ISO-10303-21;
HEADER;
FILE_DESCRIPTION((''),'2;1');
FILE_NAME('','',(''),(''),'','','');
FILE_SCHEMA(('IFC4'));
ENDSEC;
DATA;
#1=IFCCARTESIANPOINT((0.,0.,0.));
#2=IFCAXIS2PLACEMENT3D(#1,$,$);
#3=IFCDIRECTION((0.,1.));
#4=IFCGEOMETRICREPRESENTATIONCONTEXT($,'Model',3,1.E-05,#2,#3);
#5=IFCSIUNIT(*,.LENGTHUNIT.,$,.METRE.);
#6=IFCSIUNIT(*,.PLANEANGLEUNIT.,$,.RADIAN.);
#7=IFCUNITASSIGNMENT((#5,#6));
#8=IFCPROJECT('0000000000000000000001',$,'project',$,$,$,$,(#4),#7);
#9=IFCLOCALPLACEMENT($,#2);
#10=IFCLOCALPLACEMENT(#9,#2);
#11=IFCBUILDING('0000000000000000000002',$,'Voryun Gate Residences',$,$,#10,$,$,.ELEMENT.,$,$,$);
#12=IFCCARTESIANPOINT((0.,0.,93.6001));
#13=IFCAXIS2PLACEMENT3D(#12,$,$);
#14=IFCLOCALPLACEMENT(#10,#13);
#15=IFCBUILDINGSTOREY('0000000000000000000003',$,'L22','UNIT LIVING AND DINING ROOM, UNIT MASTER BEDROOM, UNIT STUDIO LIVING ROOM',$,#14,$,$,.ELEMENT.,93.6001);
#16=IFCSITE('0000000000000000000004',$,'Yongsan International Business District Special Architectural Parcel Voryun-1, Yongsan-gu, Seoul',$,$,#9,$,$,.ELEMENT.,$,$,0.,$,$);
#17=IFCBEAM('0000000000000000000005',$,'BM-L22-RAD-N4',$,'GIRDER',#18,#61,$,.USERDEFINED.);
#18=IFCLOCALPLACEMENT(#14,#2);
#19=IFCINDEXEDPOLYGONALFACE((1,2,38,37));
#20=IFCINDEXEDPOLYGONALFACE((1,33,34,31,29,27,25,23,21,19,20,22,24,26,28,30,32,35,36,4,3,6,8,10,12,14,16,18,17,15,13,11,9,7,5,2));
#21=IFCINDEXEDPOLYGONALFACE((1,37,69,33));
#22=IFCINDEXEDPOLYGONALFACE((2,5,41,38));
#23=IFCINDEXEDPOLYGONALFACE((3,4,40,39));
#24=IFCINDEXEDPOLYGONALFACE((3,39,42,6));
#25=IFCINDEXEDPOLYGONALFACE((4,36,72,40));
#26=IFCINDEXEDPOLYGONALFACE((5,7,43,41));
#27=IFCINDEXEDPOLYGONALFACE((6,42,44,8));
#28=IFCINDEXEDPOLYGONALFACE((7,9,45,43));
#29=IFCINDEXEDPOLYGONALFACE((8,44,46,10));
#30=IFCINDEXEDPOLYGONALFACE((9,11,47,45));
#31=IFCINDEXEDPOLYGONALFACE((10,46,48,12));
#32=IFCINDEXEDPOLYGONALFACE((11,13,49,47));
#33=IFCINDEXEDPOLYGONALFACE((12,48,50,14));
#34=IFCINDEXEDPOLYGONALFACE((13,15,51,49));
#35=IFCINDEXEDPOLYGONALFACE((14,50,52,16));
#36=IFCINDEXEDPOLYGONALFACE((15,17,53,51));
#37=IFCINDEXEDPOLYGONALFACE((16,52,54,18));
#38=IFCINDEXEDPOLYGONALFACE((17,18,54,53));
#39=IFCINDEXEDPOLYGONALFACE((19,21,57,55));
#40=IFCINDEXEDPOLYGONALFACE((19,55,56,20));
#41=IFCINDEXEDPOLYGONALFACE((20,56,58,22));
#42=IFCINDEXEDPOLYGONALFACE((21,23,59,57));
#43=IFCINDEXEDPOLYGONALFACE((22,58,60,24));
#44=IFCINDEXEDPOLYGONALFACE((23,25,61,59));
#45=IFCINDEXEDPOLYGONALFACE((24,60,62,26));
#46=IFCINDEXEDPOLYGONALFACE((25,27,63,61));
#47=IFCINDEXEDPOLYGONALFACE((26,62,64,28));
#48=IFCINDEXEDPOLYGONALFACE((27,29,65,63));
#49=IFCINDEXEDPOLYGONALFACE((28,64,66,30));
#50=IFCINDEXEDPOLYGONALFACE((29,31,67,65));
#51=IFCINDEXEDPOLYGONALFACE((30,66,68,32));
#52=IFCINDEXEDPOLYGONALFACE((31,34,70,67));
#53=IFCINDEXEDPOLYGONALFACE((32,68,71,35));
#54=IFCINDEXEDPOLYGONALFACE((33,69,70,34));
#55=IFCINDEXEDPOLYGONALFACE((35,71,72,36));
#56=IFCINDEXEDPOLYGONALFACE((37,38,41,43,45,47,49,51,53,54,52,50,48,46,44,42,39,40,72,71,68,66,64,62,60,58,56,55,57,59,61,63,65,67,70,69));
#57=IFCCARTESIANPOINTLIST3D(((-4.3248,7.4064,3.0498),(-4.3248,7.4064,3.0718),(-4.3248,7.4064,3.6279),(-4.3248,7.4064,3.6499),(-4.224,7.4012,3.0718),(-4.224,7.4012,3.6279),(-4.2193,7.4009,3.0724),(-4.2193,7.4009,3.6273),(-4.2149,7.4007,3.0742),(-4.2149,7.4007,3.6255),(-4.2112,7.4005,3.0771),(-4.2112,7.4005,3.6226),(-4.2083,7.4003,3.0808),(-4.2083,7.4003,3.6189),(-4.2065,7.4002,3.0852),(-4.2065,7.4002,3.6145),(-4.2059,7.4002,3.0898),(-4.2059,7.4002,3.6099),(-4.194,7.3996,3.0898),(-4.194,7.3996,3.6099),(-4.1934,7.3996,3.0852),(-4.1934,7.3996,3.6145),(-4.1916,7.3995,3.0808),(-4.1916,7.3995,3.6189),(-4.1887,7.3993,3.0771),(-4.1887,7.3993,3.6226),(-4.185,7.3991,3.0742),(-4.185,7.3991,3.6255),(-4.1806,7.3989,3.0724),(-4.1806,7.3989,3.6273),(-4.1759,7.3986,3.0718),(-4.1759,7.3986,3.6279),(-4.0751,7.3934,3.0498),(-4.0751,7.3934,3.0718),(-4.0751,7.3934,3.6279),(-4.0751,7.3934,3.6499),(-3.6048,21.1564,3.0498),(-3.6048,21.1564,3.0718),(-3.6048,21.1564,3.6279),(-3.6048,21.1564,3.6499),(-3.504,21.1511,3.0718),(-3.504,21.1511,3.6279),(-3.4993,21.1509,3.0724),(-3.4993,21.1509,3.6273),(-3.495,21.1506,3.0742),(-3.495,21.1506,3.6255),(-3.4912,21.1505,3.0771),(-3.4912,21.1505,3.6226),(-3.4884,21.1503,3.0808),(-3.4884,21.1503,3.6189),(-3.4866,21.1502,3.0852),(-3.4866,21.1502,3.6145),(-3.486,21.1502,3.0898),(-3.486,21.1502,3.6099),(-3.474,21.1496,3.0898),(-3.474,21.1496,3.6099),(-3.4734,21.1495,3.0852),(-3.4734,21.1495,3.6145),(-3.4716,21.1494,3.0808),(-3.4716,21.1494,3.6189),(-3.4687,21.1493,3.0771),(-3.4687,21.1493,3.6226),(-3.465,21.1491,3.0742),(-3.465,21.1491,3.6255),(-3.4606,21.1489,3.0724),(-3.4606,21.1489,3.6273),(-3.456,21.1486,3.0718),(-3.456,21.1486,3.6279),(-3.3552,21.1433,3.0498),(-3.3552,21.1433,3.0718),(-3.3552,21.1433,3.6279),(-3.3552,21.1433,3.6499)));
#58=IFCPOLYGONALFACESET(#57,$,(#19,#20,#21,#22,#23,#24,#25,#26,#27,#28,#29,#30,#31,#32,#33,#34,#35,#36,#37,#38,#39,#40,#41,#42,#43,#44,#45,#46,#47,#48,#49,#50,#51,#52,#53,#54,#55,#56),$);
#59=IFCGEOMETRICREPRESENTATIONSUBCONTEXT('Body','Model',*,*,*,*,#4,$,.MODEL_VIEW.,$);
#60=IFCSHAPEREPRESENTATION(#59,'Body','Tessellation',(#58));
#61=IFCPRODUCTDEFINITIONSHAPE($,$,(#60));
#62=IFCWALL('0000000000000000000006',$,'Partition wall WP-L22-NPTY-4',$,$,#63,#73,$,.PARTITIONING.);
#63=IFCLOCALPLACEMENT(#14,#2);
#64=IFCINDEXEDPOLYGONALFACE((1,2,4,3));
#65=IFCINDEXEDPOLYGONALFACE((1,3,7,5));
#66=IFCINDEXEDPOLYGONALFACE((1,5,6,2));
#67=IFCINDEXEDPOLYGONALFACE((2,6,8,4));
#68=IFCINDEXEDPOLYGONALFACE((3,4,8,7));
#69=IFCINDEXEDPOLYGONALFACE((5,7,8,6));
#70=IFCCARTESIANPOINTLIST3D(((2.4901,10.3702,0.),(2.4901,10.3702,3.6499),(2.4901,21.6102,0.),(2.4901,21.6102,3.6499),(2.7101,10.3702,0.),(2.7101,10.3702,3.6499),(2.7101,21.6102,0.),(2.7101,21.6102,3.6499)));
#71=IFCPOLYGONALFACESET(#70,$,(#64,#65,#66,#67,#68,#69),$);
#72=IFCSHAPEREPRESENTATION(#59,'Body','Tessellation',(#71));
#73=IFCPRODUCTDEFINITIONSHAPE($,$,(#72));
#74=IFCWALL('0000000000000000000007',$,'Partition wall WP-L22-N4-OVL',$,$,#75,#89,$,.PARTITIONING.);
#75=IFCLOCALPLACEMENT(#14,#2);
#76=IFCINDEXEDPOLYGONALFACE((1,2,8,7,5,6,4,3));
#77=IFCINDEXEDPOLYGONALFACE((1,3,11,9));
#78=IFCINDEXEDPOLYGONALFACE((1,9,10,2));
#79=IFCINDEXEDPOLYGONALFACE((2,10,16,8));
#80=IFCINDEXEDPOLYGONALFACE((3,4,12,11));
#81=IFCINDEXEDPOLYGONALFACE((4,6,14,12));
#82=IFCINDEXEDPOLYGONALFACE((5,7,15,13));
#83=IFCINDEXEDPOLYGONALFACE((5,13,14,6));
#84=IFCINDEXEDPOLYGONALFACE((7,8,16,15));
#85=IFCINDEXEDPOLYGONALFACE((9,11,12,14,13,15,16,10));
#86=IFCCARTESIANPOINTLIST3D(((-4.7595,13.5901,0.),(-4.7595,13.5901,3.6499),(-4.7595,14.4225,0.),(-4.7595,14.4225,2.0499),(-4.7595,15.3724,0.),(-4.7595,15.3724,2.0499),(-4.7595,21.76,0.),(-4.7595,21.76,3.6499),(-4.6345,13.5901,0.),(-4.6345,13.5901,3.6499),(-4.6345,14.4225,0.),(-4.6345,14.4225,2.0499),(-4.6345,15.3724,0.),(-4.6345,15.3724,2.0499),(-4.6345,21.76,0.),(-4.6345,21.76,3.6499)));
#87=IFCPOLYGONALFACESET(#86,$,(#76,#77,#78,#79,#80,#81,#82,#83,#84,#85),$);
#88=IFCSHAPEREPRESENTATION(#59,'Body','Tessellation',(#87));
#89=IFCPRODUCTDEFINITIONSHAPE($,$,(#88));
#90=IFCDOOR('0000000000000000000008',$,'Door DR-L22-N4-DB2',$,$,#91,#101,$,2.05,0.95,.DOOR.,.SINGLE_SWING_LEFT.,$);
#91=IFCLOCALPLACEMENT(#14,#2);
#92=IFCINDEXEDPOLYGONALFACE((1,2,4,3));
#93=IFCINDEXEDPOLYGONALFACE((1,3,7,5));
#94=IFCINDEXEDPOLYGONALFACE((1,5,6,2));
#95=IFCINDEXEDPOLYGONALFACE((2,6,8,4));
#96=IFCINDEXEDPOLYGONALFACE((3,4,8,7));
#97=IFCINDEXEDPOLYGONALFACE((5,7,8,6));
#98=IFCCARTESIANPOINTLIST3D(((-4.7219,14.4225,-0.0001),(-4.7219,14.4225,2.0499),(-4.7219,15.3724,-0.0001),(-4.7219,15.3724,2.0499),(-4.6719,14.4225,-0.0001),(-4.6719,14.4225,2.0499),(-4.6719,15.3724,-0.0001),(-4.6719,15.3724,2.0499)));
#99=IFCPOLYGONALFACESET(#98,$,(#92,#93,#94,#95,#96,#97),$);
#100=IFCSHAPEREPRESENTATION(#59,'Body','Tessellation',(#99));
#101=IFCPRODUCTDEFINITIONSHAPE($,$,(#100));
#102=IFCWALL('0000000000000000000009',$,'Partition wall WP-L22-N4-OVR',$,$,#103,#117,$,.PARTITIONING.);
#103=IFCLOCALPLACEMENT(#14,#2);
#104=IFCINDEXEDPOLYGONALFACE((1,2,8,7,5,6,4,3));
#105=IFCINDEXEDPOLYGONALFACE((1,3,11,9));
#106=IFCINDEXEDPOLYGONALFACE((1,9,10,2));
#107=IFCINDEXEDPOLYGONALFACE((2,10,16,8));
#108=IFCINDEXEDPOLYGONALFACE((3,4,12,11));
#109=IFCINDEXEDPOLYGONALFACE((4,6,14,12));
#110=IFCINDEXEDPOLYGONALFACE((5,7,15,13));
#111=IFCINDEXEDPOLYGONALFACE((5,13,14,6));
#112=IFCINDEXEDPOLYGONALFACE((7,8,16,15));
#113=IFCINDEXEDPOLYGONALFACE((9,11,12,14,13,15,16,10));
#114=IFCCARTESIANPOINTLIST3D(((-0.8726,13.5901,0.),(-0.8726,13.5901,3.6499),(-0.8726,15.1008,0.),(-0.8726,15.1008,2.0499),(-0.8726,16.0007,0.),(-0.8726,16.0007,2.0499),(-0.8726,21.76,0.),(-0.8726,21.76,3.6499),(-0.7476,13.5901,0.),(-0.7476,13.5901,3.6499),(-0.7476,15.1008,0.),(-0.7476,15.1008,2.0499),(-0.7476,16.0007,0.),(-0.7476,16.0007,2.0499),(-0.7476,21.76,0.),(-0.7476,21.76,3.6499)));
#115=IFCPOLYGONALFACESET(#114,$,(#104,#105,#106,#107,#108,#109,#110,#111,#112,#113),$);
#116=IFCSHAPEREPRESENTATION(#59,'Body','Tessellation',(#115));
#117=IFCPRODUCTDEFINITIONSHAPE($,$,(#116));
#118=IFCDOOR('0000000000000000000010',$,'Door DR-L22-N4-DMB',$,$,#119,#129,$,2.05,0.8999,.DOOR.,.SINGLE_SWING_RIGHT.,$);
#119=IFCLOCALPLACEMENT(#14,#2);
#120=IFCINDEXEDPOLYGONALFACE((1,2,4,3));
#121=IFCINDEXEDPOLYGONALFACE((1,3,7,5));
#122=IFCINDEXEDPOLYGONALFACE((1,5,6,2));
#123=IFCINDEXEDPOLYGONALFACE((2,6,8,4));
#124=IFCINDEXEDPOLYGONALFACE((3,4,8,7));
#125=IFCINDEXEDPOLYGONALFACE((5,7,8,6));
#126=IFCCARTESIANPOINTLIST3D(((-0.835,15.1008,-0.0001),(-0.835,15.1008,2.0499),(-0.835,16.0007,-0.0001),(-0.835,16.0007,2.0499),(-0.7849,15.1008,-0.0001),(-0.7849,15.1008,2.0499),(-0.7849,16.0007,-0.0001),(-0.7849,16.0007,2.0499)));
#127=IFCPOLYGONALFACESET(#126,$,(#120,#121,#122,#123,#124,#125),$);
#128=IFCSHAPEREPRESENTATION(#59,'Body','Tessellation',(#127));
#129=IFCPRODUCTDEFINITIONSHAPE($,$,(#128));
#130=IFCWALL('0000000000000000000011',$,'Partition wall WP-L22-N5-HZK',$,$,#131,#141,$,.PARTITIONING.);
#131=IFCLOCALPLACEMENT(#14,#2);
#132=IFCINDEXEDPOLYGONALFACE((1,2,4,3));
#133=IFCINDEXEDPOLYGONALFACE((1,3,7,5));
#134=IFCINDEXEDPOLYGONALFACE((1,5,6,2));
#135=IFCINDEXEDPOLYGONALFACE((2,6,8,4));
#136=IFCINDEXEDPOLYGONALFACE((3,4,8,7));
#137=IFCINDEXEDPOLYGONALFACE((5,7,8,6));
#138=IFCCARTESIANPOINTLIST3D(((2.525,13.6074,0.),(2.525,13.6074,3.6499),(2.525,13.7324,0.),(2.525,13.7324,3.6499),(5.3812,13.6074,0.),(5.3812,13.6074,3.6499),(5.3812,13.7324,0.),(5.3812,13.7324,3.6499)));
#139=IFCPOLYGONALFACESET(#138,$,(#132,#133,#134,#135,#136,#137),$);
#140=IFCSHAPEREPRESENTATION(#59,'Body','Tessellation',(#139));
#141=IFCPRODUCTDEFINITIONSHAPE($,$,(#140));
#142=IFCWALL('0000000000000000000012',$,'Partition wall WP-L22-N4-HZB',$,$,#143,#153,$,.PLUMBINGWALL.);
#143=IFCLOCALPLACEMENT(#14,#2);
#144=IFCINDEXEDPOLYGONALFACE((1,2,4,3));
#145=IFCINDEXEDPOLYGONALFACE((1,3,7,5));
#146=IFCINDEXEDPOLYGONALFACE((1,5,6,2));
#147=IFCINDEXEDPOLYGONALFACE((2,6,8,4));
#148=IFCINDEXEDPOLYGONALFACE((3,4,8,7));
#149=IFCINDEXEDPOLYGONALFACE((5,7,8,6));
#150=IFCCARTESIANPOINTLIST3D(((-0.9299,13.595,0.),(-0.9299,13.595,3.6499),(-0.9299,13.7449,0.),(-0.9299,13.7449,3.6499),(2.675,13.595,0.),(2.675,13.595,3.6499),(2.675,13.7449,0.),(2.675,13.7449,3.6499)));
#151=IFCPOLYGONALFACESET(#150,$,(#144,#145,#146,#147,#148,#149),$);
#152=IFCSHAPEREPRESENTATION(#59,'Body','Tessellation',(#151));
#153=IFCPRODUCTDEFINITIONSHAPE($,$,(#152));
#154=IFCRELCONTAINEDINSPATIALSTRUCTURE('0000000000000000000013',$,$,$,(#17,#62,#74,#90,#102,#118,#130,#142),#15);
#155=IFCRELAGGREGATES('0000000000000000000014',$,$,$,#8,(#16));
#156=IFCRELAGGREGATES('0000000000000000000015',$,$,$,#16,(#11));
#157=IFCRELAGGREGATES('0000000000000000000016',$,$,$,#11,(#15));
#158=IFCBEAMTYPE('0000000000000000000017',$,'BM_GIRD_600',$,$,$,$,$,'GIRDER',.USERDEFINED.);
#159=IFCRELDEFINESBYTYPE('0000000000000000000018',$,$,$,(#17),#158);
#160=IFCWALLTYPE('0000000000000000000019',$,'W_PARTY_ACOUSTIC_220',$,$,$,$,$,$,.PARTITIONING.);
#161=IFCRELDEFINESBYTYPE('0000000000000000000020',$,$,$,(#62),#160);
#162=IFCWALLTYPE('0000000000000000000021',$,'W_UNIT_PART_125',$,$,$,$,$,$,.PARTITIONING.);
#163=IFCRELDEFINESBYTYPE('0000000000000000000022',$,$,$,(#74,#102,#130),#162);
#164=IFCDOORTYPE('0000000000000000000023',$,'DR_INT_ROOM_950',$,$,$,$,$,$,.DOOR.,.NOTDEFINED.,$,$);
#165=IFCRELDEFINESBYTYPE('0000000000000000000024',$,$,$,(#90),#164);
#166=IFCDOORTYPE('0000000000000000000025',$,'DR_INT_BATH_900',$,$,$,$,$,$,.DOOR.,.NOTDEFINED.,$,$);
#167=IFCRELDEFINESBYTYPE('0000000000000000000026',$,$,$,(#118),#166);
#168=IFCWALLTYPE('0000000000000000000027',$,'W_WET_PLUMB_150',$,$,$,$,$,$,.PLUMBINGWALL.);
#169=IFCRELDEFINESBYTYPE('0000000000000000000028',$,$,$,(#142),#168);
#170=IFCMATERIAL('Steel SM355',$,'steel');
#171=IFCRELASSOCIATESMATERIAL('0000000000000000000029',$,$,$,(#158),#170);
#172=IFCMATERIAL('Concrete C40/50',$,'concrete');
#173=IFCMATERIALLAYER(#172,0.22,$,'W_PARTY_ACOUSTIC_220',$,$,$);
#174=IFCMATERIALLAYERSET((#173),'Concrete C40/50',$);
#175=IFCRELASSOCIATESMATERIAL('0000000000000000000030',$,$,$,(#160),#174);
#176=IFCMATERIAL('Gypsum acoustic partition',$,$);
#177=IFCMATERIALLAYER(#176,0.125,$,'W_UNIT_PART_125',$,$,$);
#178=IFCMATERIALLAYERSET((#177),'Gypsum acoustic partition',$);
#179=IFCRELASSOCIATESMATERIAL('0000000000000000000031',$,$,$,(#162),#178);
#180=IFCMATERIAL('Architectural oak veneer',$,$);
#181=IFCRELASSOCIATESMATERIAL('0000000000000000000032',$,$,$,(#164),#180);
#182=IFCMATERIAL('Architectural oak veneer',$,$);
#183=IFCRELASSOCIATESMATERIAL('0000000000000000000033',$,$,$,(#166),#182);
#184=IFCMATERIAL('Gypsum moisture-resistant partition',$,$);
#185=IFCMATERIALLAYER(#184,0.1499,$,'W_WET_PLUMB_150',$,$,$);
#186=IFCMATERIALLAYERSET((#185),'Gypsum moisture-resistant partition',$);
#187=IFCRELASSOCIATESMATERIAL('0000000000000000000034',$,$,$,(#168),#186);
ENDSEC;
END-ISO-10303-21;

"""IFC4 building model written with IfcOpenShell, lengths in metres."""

from ifc_helpers import new_model, si_unit, direction, frame, frame_2d, origin, origin_2d, place, context, subcontext, project, spatial, rectangle, i_section, extrude, material, layer, layer_set, material_profile, profile_set, type_object, element, fill, save


model = new_model("IFC4")

# Units and contexts
model_context = context("Model", 3, precision=1e-05, world=origin(), true_north=direction((0.0, 1.0)))
body_context = subcontext(model_context, "Body", "Model", "MODEL_VIEW")
ifc_project = project(units=[si_unit("LENGTHUNIT", "METRE"), si_unit("PLANEANGLEUNIT", "RADIAN")], contexts=[model_context])

# Site, building, storey
site_placement = place(None, origin())
site = spatial("IfcSite", under=ifc_project, at=site_placement, Name="Yongsan International Business District Special Architectural Parcel Voryun-1, Yongsan-gu, Seoul", CompositionType="ELEMENT", RefElevation=0.0)
building_placement = place(site_placement, origin())
building = spatial("IfcBuilding", under=site, at=building_placement, Name="Voryun Gate Residences", CompositionType="ELEMENT")
storey_placement = place(building_placement, frame((0.0, 0.0, 93.6001)))
storey = spatial("IfcBuildingStorey", under=building, at=storey_placement, Name="L22", Description="UNIT LIVING AND DINING ROOM, UNIT MASTER BEDROOM, UNIT STUDIO LIVING ROOM", CompositionType="ELEMENT", Elevation=93.6001)

# Beam
ifc_material_1 = material(Name="Steel SM355", Category="steel")
ifc_material_profile_1 = material_profile(ifc_material_1, i_section(OverallWidth=0.25, OverallDepth=0.6001, WebThickness=0.012, FlangeThickness=0.022, FilletRadius=0.0181, at=origin_2d()), Name="H-600x250x12x22")
ifc_profile_set_1 = profile_set([ifc_material_profile_1], Name="Steel SM355")
beam_type_1 = type_object("IfcBeamType", Name="BM_GIRD_600", ElementType="GIRDER", PredefinedType="USERDEFINED", material=ifc_profile_set_1)
beam_1_placement = place(storey_placement, frame((-4.2, 7.3999, 3.3499), z_axis=(0.05229, 0.998632, 0.0), x_axis=(-0.998632, 0.05229, 0.0)))
element("IfcBeam", 1, at=beam_1_placement, inside=storey, type_object=beam_type_1, Name="BM-L22-RAD-N4", ObjectType="GIRDER", PredefinedType="USERDEFINED", context=body_context, shape_type="SweptSolid", body=[
    extrude(i_section(OverallWidth=0.25, OverallDepth=0.6001, WebThickness=0.012, FlangeThickness=0.022, FilletRadius=0.0181, at=origin_2d()), origin(), (0.0, 0.0, 1.0), 13.7688),
])

# Wall
ifc_material_2 = material(Name="Concrete C40/50", Category="concrete")
ifc_layer_1 = layer(ifc_material_2, 0.22, Name="W_PARTY_ACOUSTIC_220")
ifc_layer_set_1 = layer_set([ifc_layer_1], Name="Concrete C40/50")
wall_type_1 = type_object("IfcWallType", Name="W_PARTY_ACOUSTIC_220", PredefinedType="PARTITIONING", material=ifc_layer_set_1)
wall_1_placement = place(storey_placement, frame((2.6001, 10.3701, 0.0), z_axis=(0.0, 0.0, 1.0), x_axis=(0.0, 1.0, 0.0)))
element("IfcWall", 2, at=wall_1_placement, inside=storey, type_object=wall_type_1, Name="Partition wall WP-L22-NPTY-4", PredefinedType="PARTITIONING", context=body_context, shape_type="SweptSolid", body=[
    extrude(rectangle(XDim=11.24, YDim=0.22, at=frame_2d((5.6201, 0.0))), origin(), (0.0, 0.0, 1.0), 3.6499),
])

# Walls, openings, doors
ifc_material_3 = material(Name="Gypsum acoustic partition")
ifc_layer_2 = layer(ifc_material_3, 0.125, Name="W_UNIT_PART_125")
ifc_layer_set_2 = layer_set([ifc_layer_2], Name="Gypsum acoustic partition")
wall_type_2 = type_object("IfcWallType", Name="W_UNIT_PART_125", PredefinedType="PARTITIONING", material=ifc_layer_set_2)
wall_2_placement = place(storey_placement, frame((-4.697, 13.5901, 0.0), z_axis=(0.0, 0.0, 1.0), x_axis=(0.0, 1.0, 0.0)))
wall_2 = element("IfcWall", 3, at=wall_2_placement, inside=storey, type_object=wall_type_2, Name="Partition wall WP-L22-N4-OVL", PredefinedType="PARTITIONING", context=body_context, shape_type="SweptSolid", body=[
    extrude(rectangle(XDim=8.1699, YDim=0.125, at=frame_2d((4.085, 0.0))), origin(), (0.0, 0.0, 1.0), 3.6499),
])
opening_1_placement = place(wall_2_placement, frame((0.8323, 0.0, 0.0)))
opening_1 = element("IfcOpeningElement", 4, at=opening_1_placement, cuts=wall_2, PredefinedType="OPENING", context=body_context, shape_type="SweptSolid", body=[
    extrude(rectangle(XDim=0.95, YDim=2.05, at=frame_2d((0.4751, 1.0249))), frame((0.0, 0.0725, 0.0), z_axis=(0.0, -1.0, 0.0), x_axis=(1.0, 0.0, 0.0)), (0.0, 0.0, 1.0), 0.145),
])
ifc_material_4 = material(Name="Architectural oak veneer")
door_type_1 = type_object("IfcDoorType", Name="DR_INT_ROOM_950", OperationType="NOTDEFINED", PredefinedType="DOOR", material=ifc_material_4)
door_1_placement = place(opening_1_placement, origin())
door_1 = element("IfcDoor", 5, at=door_1_placement, inside=storey, type_object=door_type_1, Name="Door DR-L22-N4-DB2", OperationType="SINGLE_SWING_LEFT", OverallHeight=2.05, OverallWidth=0.95, PredefinedType="DOOR", context=body_context, shape_type="SweptSolid", body=[
    extrude(rectangle(XDim=0.95, YDim=2.05, at=frame_2d((0.4751, 1.0249))), frame((0.0, 0.0249, 0.0), z_axis=(0.0, -1.0, 0.0), x_axis=(1.0, 0.0, 0.0)), (0.0, 0.0, 1.0), 0.05),
])
fill(opening_1, door_1)
wall_3_placement = place(storey_placement, frame((-0.8101, 13.5901, 0.0), z_axis=(0.0, 0.0, 1.0), x_axis=(0.0, 1.0, 0.0)))
wall_3 = element("IfcWall", 6, at=wall_3_placement, inside=storey, type_object=wall_type_2, Name="Partition wall WP-L22-N4-OVR", PredefinedType="PARTITIONING", context=body_context, shape_type="SweptSolid", body=[
    extrude(rectangle(XDim=8.1699, YDim=0.125, at=frame_2d((4.085, 0.0))), origin(), (0.0, 0.0, 1.0), 3.6499),
])
opening_2_placement = place(wall_3_placement, frame((1.5107, 0.0, 0.0)))
opening_2 = element("IfcOpeningElement", 7, at=opening_2_placement, cuts=wall_3, PredefinedType="OPENING", context=body_context, shape_type="SweptSolid", body=[
    extrude(rectangle(XDim=0.8999, YDim=2.05, at=frame_2d((0.45, 1.0249))), frame((0.0, 0.0725, 0.0), z_axis=(0.0, -1.0, 0.0), x_axis=(1.0, 0.0, 0.0)), (0.0, 0.0, 1.0), 0.145),
])
ifc_material_5 = material(Name="Architectural oak veneer")
door_type_2 = type_object("IfcDoorType", Name="DR_INT_BATH_900", OperationType="NOTDEFINED", PredefinedType="DOOR", material=ifc_material_5)
door_2_placement = place(opening_2_placement, origin())
door_2 = element("IfcDoor", 8, at=door_2_placement, inside=storey, type_object=door_type_2, Name="Door DR-L22-N4-DMB", OperationType="SINGLE_SWING_RIGHT", OverallHeight=2.05, OverallWidth=0.8999, PredefinedType="DOOR", context=body_context, shape_type="SweptSolid", body=[
    extrude(rectangle(XDim=0.8999, YDim=2.05, at=frame_2d((0.45, 1.0249))), frame((0.0, 0.0249, 0.0), z_axis=(0.0, -1.0, 0.0), x_axis=(1.0, 0.0, 0.0)), (0.0, 0.0, 1.0), 0.05),
])
fill(opening_2, door_2)

# Walls
wall_4_placement = place(storey_placement, frame((2.5249, 13.6699, 0.0), z_axis=(0.0, 0.0, 1.0), x_axis=(1.0, 0.0, 0.0)))
element("IfcWall", 9, at=wall_4_placement, inside=storey, type_object=wall_type_2, Name="Partition wall WP-L22-N5-HZK", PredefinedType="PARTITIONING", context=body_context, shape_type="SweptSolid", body=[
    extrude(rectangle(XDim=2.8562, YDim=0.125, at=frame_2d((1.4282, 0.0))), origin(), (0.0, 0.0, 1.0), 3.6499),
])
ifc_material_6 = material(Name="Gypsum moisture-resistant partition")
ifc_layer_3 = layer(ifc_material_6, 0.1499, Name="W_WET_PLUMB_150")
ifc_layer_set_3 = layer_set([ifc_layer_3], Name="Gypsum moisture-resistant partition")
wall_type_3 = type_object("IfcWallType", Name="W_WET_PLUMB_150", PredefinedType="PLUMBINGWALL", material=ifc_layer_set_3)
wall_5_placement = place(storey_placement, frame((-0.9299, 13.6699, 0.0), z_axis=(0.0, 0.0, 1.0), x_axis=(1.0, 0.0, 0.0)))
element("IfcWall", 10, at=wall_5_placement, inside=storey, type_object=wall_type_3, Name="Partition wall WP-L22-N4-HZB", PredefinedType="PLUMBINGWALL", context=body_context, shape_type="SweptSolid", body=[
    extrude(rectangle(XDim=3.605, YDim=0.1499, at=frame_2d((1.8025, 0.0))), origin(), (0.0, 0.0, 1.0), 3.6499),
])

save(model, "model.ifc")
